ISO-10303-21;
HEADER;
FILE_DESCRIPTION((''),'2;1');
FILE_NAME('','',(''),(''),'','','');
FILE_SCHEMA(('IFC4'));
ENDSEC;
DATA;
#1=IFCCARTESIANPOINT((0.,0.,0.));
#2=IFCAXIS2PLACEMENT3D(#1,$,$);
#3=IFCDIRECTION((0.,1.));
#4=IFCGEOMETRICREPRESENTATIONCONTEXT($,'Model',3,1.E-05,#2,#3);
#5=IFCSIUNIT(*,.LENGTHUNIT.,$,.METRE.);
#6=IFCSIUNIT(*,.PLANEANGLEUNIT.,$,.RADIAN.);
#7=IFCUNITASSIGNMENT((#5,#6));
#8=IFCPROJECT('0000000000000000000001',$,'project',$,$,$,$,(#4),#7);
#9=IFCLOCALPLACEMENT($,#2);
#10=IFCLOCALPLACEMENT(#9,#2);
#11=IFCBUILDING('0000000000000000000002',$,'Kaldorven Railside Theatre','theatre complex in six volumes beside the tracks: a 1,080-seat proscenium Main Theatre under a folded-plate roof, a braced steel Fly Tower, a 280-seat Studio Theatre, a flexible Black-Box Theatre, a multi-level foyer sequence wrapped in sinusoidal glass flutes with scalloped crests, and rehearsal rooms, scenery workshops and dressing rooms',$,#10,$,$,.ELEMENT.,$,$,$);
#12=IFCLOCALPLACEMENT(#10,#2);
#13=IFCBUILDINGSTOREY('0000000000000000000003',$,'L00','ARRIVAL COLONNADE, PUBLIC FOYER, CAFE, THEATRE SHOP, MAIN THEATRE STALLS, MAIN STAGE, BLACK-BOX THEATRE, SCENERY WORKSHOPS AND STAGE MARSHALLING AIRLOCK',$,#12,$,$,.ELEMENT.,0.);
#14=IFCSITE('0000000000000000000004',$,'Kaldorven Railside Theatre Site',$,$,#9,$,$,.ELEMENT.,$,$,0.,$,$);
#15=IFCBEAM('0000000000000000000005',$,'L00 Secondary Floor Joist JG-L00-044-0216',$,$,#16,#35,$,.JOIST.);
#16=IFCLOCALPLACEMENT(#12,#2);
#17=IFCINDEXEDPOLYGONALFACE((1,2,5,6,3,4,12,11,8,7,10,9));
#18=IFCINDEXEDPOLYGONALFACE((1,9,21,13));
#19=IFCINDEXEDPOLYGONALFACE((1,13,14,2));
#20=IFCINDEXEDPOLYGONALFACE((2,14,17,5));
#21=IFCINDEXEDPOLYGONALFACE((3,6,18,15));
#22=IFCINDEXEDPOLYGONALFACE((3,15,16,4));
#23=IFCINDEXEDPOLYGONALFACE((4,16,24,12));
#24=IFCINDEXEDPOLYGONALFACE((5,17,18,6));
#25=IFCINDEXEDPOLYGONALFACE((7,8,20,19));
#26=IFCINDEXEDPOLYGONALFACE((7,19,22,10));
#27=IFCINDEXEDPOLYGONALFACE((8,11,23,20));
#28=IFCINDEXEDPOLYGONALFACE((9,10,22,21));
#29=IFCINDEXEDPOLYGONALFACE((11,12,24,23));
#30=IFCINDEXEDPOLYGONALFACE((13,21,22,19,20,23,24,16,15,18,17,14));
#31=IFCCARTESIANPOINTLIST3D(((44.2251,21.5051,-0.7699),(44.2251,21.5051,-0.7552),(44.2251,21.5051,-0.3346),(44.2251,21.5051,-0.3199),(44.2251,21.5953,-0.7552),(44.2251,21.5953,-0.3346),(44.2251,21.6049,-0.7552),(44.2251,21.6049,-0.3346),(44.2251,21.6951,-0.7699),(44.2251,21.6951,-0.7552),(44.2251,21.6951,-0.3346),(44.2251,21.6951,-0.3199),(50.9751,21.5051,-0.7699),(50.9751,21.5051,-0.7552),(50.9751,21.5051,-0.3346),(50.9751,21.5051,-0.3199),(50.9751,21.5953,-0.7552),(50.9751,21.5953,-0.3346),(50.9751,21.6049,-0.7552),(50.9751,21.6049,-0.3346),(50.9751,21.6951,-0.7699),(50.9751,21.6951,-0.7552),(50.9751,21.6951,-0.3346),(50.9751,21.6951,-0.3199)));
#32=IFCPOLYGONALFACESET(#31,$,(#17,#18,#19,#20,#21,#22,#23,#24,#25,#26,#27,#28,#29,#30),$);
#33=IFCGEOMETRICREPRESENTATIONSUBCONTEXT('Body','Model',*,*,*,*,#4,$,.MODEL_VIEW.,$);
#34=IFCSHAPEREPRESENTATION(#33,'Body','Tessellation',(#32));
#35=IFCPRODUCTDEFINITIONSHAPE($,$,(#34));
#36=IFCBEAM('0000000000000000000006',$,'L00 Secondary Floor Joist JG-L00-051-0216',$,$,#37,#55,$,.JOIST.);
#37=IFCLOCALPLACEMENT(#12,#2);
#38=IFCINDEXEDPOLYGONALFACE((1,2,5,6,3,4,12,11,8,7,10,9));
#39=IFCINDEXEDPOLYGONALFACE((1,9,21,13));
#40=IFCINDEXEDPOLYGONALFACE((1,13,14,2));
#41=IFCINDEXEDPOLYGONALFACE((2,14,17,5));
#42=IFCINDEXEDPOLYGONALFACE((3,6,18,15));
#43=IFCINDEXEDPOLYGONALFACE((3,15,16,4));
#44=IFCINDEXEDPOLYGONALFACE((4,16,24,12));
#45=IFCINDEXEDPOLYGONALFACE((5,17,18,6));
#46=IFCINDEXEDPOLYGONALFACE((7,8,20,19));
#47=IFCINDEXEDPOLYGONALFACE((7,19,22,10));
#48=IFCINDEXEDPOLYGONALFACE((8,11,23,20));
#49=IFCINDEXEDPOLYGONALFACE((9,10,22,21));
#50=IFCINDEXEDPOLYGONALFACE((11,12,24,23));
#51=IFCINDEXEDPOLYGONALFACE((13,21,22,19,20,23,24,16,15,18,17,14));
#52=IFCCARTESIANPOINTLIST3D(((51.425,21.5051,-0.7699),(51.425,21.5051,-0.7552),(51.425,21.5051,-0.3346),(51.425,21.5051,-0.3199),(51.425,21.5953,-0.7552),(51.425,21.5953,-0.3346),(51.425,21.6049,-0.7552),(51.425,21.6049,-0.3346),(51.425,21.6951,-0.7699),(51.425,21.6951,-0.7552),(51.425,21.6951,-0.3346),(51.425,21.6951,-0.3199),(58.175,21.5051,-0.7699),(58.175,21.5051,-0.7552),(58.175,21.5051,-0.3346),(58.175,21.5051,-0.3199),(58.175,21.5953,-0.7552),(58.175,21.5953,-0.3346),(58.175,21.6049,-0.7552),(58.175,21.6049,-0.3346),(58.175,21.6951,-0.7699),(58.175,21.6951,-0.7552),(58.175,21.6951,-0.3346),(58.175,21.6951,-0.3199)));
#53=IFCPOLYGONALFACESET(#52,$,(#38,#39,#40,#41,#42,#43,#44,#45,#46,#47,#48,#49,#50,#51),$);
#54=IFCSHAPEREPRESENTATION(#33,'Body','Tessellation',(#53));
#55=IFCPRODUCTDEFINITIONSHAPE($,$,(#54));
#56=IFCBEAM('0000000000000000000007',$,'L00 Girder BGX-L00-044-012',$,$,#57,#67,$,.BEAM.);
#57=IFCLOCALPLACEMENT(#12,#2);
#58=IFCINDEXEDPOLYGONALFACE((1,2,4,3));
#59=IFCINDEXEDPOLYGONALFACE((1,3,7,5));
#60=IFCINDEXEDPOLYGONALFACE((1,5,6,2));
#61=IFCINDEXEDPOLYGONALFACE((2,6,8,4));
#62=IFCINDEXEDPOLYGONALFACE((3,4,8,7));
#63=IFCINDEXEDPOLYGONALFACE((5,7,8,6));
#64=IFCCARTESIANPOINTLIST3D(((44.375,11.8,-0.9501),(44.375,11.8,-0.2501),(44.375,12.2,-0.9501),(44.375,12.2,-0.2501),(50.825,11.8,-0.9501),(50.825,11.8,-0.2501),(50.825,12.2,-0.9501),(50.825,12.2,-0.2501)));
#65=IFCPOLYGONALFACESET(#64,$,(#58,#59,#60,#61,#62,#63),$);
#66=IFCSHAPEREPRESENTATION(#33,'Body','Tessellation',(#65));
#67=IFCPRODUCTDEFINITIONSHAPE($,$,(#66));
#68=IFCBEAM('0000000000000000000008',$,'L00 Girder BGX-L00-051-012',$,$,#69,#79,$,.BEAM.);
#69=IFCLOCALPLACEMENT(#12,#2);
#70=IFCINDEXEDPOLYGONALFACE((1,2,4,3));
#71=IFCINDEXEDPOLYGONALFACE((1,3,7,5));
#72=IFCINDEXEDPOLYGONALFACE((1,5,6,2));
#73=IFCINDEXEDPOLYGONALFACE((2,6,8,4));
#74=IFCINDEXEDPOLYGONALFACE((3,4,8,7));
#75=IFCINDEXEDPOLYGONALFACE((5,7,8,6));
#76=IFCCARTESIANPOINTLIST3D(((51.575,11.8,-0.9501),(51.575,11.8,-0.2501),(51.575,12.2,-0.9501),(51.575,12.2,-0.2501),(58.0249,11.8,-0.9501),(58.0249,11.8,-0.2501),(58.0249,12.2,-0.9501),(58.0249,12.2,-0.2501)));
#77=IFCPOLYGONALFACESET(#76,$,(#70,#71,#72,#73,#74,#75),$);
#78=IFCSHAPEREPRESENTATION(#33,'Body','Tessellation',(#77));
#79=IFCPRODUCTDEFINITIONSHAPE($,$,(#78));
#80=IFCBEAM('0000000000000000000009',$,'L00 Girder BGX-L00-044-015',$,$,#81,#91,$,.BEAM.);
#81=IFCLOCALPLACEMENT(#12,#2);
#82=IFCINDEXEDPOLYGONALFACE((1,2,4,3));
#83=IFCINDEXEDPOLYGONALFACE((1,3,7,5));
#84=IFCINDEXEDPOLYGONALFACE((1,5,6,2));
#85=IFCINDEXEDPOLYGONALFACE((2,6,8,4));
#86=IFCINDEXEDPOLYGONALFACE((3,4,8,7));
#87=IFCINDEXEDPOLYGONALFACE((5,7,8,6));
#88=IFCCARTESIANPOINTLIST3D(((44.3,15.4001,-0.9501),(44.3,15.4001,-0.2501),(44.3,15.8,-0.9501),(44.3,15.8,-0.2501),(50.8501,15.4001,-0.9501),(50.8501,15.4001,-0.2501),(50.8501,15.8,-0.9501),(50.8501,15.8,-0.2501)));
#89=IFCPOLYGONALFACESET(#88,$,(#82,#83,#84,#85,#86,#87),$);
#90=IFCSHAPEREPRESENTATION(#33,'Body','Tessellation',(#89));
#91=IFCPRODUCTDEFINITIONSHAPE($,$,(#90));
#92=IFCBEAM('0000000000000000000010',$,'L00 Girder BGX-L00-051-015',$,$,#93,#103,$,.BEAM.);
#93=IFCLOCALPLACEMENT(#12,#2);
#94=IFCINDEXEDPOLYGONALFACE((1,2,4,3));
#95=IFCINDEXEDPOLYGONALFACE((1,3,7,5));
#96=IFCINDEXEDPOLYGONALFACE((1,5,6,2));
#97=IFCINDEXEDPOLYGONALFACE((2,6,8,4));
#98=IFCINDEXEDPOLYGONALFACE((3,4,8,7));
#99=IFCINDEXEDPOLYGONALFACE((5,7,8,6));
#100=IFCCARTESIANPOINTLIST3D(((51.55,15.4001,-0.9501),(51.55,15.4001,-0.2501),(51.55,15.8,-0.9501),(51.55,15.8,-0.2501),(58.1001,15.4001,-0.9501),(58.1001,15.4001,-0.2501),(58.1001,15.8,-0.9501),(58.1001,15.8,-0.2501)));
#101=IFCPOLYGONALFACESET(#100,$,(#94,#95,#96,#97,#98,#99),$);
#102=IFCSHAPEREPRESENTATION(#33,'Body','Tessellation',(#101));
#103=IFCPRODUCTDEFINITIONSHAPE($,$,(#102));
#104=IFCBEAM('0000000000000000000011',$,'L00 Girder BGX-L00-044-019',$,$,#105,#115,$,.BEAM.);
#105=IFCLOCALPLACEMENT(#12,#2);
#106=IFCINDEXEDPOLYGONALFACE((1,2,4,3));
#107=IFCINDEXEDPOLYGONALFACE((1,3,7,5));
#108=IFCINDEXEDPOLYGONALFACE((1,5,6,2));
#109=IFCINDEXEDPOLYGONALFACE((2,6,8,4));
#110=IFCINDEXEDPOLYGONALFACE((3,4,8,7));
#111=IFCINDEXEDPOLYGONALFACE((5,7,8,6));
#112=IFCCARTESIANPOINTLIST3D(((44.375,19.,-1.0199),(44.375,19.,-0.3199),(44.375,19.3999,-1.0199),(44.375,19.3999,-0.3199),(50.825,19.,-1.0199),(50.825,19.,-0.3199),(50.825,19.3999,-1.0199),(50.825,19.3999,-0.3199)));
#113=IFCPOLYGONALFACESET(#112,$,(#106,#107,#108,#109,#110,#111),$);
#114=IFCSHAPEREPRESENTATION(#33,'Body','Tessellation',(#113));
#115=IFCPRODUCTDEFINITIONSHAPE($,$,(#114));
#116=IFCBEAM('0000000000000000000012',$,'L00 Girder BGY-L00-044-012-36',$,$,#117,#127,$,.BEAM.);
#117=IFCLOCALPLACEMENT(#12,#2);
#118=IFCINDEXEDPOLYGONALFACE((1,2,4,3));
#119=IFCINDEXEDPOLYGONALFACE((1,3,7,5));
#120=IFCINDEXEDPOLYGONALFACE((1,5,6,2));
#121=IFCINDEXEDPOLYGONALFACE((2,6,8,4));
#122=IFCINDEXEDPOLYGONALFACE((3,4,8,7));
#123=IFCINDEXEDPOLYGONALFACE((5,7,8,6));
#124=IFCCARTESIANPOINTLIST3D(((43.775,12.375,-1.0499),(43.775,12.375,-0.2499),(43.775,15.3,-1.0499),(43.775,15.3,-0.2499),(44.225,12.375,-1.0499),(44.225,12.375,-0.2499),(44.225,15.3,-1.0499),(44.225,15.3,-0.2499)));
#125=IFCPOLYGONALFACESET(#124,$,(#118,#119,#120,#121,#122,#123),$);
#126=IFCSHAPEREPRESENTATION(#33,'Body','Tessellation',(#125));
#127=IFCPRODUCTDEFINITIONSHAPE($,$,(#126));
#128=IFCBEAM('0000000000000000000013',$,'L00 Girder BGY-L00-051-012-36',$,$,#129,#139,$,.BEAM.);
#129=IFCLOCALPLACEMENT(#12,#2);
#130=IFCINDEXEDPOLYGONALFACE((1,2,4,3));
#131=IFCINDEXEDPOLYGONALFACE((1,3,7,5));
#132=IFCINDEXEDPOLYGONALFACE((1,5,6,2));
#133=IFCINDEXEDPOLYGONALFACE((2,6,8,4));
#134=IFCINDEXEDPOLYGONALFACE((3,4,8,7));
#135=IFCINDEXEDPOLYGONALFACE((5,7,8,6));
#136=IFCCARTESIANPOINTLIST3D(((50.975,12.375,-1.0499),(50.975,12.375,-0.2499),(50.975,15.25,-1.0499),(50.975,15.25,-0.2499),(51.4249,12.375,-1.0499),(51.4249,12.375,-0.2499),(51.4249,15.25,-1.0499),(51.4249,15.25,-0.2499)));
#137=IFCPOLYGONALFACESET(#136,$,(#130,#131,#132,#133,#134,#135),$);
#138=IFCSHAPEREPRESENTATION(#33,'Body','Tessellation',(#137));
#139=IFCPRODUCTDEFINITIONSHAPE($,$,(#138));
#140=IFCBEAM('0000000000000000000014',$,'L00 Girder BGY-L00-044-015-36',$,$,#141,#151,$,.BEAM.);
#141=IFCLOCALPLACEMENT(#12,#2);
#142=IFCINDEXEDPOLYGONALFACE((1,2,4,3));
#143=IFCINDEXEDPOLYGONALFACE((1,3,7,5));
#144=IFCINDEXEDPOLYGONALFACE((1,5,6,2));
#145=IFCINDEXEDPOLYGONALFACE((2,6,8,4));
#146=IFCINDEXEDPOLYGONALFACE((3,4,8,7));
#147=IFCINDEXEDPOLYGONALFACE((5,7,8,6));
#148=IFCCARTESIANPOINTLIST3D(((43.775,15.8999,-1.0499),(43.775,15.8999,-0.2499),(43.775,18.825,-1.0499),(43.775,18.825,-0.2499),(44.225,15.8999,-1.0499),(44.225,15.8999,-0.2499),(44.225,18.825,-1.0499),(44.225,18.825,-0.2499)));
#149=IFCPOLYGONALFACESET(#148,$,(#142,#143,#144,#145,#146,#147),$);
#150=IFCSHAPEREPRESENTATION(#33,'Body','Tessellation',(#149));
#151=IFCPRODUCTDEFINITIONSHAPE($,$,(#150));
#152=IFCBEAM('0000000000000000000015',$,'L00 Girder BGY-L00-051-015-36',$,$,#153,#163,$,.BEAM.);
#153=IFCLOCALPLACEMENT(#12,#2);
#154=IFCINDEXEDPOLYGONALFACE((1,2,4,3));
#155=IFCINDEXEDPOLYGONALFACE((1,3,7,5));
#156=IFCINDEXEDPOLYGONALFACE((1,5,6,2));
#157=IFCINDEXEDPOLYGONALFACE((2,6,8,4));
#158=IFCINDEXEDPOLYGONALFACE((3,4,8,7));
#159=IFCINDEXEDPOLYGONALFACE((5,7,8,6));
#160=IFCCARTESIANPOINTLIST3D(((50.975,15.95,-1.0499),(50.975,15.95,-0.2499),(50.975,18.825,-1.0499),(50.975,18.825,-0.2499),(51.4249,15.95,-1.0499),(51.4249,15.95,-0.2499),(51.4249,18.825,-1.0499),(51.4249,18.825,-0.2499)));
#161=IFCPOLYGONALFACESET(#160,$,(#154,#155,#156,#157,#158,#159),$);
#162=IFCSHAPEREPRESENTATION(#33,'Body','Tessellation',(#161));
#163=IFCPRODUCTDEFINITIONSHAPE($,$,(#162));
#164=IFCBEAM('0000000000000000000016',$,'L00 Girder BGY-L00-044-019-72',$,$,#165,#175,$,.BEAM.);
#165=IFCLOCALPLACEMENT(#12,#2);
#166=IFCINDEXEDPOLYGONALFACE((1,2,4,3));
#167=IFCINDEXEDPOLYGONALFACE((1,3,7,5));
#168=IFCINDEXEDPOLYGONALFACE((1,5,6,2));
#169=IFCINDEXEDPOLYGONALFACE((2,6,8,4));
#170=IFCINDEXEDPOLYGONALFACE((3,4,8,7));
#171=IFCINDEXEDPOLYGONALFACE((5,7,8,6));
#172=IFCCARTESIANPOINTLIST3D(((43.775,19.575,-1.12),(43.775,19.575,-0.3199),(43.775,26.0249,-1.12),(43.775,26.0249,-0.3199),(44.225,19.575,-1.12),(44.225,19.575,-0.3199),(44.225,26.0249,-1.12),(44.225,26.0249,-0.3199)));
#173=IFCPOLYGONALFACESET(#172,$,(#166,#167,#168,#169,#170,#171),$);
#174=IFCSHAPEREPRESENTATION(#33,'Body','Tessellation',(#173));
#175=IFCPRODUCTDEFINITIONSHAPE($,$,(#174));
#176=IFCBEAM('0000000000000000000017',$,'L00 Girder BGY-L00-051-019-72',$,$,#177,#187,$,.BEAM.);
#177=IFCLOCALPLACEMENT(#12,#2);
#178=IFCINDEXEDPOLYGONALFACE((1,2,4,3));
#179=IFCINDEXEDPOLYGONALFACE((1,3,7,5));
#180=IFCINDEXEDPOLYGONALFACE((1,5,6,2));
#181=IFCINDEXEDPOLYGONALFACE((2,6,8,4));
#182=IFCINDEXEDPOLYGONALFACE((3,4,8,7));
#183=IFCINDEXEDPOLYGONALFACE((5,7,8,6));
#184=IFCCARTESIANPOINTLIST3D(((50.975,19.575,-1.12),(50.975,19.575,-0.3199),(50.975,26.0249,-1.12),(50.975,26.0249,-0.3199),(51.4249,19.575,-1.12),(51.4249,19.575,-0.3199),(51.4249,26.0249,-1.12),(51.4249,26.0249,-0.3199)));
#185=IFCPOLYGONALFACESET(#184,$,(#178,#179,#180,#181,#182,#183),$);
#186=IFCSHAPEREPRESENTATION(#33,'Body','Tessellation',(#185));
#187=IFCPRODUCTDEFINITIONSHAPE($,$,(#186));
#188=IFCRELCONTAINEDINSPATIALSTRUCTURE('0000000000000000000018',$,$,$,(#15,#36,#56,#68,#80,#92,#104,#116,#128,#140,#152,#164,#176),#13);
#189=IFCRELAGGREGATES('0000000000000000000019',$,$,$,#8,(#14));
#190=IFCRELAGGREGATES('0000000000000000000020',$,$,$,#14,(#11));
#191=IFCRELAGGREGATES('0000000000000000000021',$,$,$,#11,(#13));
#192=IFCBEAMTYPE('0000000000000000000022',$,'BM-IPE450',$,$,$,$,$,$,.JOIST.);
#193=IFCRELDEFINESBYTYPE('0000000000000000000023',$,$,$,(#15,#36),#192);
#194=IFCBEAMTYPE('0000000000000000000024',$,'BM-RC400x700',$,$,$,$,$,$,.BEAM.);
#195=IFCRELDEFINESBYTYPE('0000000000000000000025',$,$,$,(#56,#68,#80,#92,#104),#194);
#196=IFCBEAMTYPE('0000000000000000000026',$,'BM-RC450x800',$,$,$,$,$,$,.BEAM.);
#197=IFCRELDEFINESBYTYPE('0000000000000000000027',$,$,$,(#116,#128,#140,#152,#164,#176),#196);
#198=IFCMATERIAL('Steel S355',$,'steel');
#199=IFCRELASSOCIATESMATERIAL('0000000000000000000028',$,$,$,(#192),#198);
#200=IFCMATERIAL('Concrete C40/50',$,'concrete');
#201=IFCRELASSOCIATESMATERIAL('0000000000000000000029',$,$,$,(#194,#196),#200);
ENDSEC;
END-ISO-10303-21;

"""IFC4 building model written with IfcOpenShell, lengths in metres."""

from ifc_helpers import new_model, si_unit, direction, frame, origin, origin_2d, place, context, subcontext, project, spatial, rectangle, i_section, extrude, material, material_profile, profile_set, type_object, element, save


model = new_model("IFC4")

# Units and contexts
model_context = context("Model", 3, precision=1e-05, world=origin(), true_north=direction((0.0, 1.0)))
body_context = subcontext(model_context, "Body", "Model", "MODEL_VIEW")
ifc_project = project(units=[si_unit("LENGTHUNIT", "METRE"), si_unit("PLANEANGLEUNIT", "RADIAN")], contexts=[model_context])

# Site, building, storey
site_placement = place(None, origin())
site = spatial("IfcSite", under=ifc_project, at=site_placement, Name="Kaldorven Railside Theatre Site", CompositionType="ELEMENT", RefElevation=0.0)
building_placement = place(site_placement, origin())
building = spatial("IfcBuilding", under=site, at=building_placement, Name="Kaldorven Railside Theatre", Description="theatre complex in six volumes beside the tracks: a 1,080-seat proscenium Main Theatre under a folded-plate roof, a braced steel Fly Tower, a 280-seat Studio Theatre, a flexible Black-Box Theatre, a multi-level foyer sequence wrapped in sinusoidal glass flutes with scalloped crests, and rehearsal rooms, scenery workshops and dressing rooms", CompositionType="ELEMENT")
storey_placement = place(building_placement, origin())
storey = spatial("IfcBuildingStorey", under=building, at=storey_placement, Name="L00", Description="ARRIVAL COLONNADE, PUBLIC FOYER, CAFE, THEATRE SHOP, MAIN THEATRE STALLS, MAIN STAGE, BLACK-BOX THEATRE, SCENERY WORKSHOPS AND STAGE MARSHALLING AIRLOCK", CompositionType="ELEMENT", Elevation=0.0)

# Shared definitions
ifc_material_1 = material(Name="Concrete C40/50", Category="concrete")

# Beams
ifc_material_2 = material(Name="Steel S355", Category="steel")
ifc_material_profile_1 = material_profile(ifc_material_2, i_section(OverallWidth=0.1899, OverallDepth=0.45, WebThickness=0.0095, FlangeThickness=0.0146, at=origin_2d()), Name="IPE 450")
ifc_profile_set_1 = profile_set([ifc_material_profile_1], Name="Steel S355")
beam_type_1 = type_object("IfcBeamType", Name="BM-IPE450", PredefinedType="JOIST", material=ifc_profile_set_1)
for number, where, z_axis, x_axis, name in (
    (1, (44.2251, 21.6001, -0.5449), (1.0, 0.0, 0.0), (0.0, 1.0, 0.0), "L00 Secondary Floor Joist JG-L00-044-0216"),
    (2, (51.425, 21.6001, -0.5449), (1.0, 0.0, 0.0), (0.0, 1.0, 0.0), "L00 Secondary Floor Joist JG-L00-051-0216"),
):
    element("IfcBeam", number, at=place(storey_placement, frame(where, z_axis=z_axis, x_axis=x_axis)), inside=storey, type_object=beam_type_1, Name=name, PredefinedType="JOIST", context=body_context, shape_type="SweptSolid", body=[
        extrude(i_section(OverallWidth=0.1899, OverallDepth=0.45, WebThickness=0.0095, FlangeThickness=0.0146, at=origin_2d()), origin(), (0.0, 0.0, 1.0), 6.75),
    ])
ifc_material_profile_2 = material_profile(ifc_material_1, rectangle(XDim=0.3999, YDim=0.7, at=origin_2d()), Name="RC 400x700")
ifc_profile_set_2 = profile_set([ifc_material_profile_2], Name="Concrete C40/50")
beam_type_2 = type_object("IfcBeamType", Name="BM-RC400x700", PredefinedType="BEAM", material=ifc_profile_set_2)
for number, where, z_axis, x_axis, name in (
    (3, (44.375, 12.0, -0.6001), (1.0, 0.0, 0.0), (0.0, 1.0, 0.0), "L00 Girder BGX-L00-044-012"),
    (4, (51.575, 12.0, -0.6001), (1.0, 0.0, 0.0), (0.0, 1.0, 0.0), "L00 Girder BGX-L00-051-012"),
):
    element("IfcBeam", number, at=place(storey_placement, frame(where, z_axis=z_axis, x_axis=x_axis)), inside=storey, type_object=beam_type_2, Name=name, PredefinedType="BEAM", context=body_context, shape_type="SweptSolid", body=[
        extrude(rectangle(XDim=0.3999, YDim=0.7, at=origin_2d()), origin(), (0.0, 0.0, 1.0), 6.45),
    ])
for number, where, z_axis, x_axis, name in (
    (5, (44.3, 15.6001, -0.6001), (1.0, 0.0, 0.0), (0.0, 1.0, 0.0), "L00 Girder BGX-L00-044-015"),
    (6, (51.55, 15.6001, -0.6001), (1.0, 0.0, 0.0), (0.0, 1.0, 0.0), "L00 Girder BGX-L00-051-015"),
):
    element("IfcBeam", number, at=place(storey_placement, frame(where, z_axis=z_axis, x_axis=x_axis)), inside=storey, type_object=beam_type_2, Name=name, PredefinedType="BEAM", context=body_context, shape_type="SweptSolid", body=[
        extrude(rectangle(XDim=0.3999, YDim=0.7, at=origin_2d()), origin(), (0.0, 0.0, 1.0), 6.55),
    ])
beam_1_placement = place(storey_placement, frame((44.375, 19.2, -0.6699), z_axis=(1.0, 0.0, 0.0), x_axis=(0.0, 1.0, 0.0)))
element("IfcBeam", 7, at=beam_1_placement, inside=storey, type_object=beam_type_2, Name="L00 Girder BGX-L00-044-019", PredefinedType="BEAM", context=body_context, shape_type="SweptSolid", body=[
    extrude(rectangle(XDim=0.3999, YDim=0.7, at=origin_2d()), origin(), (0.0, 0.0, 1.0), 6.45),
])
ifc_material_profile_3 = material_profile(ifc_material_1, rectangle(XDim=0.45, YDim=0.8, at=origin_2d()), Name="RC 450x800")
ifc_profile_set_3 = profile_set([ifc_material_profile_3], Name="Concrete C40/50")
beam_type_3 = type_object("IfcBeamType", Name="BM-RC450x800", PredefinedType="BEAM", material=ifc_profile_set_3)
beam_2_placement = place(storey_placement, frame((44.0, 12.375, -0.6499), z_axis=(0.0, 1.0, 0.0), x_axis=(-1.0, 0.0, 0.0)))
element("IfcBeam", 8, at=beam_2_placement, inside=storey, type_object=beam_type_3, Name="L00 Girder BGY-L00-044-012-36", PredefinedType="BEAM", context=body_context, shape_type="SweptSolid", body=[
    extrude(rectangle(XDim=0.45, YDim=0.8, at=origin_2d()), origin(), (0.0, 0.0, 1.0), 2.925),
])
beam_3_placement = place(storey_placement, frame((51.2, 12.375, -0.6499), z_axis=(0.0, 1.0, 0.0), x_axis=(-1.0, 0.0, 0.0)))
element("IfcBeam", 9, at=beam_3_placement, inside=storey, type_object=beam_type_3, Name="L00 Girder BGY-L00-051-012-36", PredefinedType="BEAM", context=body_context, shape_type="SweptSolid", body=[
    extrude(rectangle(XDim=0.45, YDim=0.8, at=origin_2d()), origin(), (0.0, 0.0, 1.0), 2.875),
])
beam_4_placement = place(storey_placement, frame((44.0, 15.8999, -0.6499), z_axis=(0.0, 1.0, 0.0), x_axis=(-1.0, 0.0, 0.0)))
element("IfcBeam", 10, at=beam_4_placement, inside=storey, type_object=beam_type_3, Name="L00 Girder BGY-L00-044-015-36", PredefinedType="BEAM", context=body_context, shape_type="SweptSolid", body=[
    extrude(rectangle(XDim=0.45, YDim=0.8, at=origin_2d()), origin(), (0.0, 0.0, 1.0), 2.925),
])
beam_5_placement = place(storey_placement, frame((51.2, 15.95, -0.6499), z_axis=(0.0, 1.0, 0.0), x_axis=(-1.0, 0.0, 0.0)))
element("IfcBeam", 11, at=beam_5_placement, inside=storey, type_object=beam_type_3, Name="L00 Girder BGY-L00-051-015-36", PredefinedType="BEAM", context=body_context, shape_type="SweptSolid", body=[
    extrude(rectangle(XDim=0.45, YDim=0.8, at=origin_2d()), origin(), (0.0, 0.0, 1.0), 2.875),
])
for number, where, z_axis, x_axis, name in (
    (12, (44.0, 19.575, -0.72), (0.0, 1.0, 0.0), (-1.0, 0.0, 0.0), "L00 Girder BGY-L00-044-019-72"),
    (13, (51.2, 19.575, -0.72), (0.0, 1.0, 0.0), (-1.0, 0.0, 0.0), "L00 Girder BGY-L00-051-019-72"),
):
    element("IfcBeam", number, at=place(storey_placement, frame(where, z_axis=z_axis, x_axis=x_axis)), inside=storey, type_object=beam_type_3, Name=name, PredefinedType="BEAM", context=body_context, shape_type="SweptSolid", body=[
        extrude(rectangle(XDim=0.45, YDim=0.8, at=origin_2d()), origin(), (0.0, 0.0, 1.0), 6.45),
    ])

save(model, "model.ifc")
